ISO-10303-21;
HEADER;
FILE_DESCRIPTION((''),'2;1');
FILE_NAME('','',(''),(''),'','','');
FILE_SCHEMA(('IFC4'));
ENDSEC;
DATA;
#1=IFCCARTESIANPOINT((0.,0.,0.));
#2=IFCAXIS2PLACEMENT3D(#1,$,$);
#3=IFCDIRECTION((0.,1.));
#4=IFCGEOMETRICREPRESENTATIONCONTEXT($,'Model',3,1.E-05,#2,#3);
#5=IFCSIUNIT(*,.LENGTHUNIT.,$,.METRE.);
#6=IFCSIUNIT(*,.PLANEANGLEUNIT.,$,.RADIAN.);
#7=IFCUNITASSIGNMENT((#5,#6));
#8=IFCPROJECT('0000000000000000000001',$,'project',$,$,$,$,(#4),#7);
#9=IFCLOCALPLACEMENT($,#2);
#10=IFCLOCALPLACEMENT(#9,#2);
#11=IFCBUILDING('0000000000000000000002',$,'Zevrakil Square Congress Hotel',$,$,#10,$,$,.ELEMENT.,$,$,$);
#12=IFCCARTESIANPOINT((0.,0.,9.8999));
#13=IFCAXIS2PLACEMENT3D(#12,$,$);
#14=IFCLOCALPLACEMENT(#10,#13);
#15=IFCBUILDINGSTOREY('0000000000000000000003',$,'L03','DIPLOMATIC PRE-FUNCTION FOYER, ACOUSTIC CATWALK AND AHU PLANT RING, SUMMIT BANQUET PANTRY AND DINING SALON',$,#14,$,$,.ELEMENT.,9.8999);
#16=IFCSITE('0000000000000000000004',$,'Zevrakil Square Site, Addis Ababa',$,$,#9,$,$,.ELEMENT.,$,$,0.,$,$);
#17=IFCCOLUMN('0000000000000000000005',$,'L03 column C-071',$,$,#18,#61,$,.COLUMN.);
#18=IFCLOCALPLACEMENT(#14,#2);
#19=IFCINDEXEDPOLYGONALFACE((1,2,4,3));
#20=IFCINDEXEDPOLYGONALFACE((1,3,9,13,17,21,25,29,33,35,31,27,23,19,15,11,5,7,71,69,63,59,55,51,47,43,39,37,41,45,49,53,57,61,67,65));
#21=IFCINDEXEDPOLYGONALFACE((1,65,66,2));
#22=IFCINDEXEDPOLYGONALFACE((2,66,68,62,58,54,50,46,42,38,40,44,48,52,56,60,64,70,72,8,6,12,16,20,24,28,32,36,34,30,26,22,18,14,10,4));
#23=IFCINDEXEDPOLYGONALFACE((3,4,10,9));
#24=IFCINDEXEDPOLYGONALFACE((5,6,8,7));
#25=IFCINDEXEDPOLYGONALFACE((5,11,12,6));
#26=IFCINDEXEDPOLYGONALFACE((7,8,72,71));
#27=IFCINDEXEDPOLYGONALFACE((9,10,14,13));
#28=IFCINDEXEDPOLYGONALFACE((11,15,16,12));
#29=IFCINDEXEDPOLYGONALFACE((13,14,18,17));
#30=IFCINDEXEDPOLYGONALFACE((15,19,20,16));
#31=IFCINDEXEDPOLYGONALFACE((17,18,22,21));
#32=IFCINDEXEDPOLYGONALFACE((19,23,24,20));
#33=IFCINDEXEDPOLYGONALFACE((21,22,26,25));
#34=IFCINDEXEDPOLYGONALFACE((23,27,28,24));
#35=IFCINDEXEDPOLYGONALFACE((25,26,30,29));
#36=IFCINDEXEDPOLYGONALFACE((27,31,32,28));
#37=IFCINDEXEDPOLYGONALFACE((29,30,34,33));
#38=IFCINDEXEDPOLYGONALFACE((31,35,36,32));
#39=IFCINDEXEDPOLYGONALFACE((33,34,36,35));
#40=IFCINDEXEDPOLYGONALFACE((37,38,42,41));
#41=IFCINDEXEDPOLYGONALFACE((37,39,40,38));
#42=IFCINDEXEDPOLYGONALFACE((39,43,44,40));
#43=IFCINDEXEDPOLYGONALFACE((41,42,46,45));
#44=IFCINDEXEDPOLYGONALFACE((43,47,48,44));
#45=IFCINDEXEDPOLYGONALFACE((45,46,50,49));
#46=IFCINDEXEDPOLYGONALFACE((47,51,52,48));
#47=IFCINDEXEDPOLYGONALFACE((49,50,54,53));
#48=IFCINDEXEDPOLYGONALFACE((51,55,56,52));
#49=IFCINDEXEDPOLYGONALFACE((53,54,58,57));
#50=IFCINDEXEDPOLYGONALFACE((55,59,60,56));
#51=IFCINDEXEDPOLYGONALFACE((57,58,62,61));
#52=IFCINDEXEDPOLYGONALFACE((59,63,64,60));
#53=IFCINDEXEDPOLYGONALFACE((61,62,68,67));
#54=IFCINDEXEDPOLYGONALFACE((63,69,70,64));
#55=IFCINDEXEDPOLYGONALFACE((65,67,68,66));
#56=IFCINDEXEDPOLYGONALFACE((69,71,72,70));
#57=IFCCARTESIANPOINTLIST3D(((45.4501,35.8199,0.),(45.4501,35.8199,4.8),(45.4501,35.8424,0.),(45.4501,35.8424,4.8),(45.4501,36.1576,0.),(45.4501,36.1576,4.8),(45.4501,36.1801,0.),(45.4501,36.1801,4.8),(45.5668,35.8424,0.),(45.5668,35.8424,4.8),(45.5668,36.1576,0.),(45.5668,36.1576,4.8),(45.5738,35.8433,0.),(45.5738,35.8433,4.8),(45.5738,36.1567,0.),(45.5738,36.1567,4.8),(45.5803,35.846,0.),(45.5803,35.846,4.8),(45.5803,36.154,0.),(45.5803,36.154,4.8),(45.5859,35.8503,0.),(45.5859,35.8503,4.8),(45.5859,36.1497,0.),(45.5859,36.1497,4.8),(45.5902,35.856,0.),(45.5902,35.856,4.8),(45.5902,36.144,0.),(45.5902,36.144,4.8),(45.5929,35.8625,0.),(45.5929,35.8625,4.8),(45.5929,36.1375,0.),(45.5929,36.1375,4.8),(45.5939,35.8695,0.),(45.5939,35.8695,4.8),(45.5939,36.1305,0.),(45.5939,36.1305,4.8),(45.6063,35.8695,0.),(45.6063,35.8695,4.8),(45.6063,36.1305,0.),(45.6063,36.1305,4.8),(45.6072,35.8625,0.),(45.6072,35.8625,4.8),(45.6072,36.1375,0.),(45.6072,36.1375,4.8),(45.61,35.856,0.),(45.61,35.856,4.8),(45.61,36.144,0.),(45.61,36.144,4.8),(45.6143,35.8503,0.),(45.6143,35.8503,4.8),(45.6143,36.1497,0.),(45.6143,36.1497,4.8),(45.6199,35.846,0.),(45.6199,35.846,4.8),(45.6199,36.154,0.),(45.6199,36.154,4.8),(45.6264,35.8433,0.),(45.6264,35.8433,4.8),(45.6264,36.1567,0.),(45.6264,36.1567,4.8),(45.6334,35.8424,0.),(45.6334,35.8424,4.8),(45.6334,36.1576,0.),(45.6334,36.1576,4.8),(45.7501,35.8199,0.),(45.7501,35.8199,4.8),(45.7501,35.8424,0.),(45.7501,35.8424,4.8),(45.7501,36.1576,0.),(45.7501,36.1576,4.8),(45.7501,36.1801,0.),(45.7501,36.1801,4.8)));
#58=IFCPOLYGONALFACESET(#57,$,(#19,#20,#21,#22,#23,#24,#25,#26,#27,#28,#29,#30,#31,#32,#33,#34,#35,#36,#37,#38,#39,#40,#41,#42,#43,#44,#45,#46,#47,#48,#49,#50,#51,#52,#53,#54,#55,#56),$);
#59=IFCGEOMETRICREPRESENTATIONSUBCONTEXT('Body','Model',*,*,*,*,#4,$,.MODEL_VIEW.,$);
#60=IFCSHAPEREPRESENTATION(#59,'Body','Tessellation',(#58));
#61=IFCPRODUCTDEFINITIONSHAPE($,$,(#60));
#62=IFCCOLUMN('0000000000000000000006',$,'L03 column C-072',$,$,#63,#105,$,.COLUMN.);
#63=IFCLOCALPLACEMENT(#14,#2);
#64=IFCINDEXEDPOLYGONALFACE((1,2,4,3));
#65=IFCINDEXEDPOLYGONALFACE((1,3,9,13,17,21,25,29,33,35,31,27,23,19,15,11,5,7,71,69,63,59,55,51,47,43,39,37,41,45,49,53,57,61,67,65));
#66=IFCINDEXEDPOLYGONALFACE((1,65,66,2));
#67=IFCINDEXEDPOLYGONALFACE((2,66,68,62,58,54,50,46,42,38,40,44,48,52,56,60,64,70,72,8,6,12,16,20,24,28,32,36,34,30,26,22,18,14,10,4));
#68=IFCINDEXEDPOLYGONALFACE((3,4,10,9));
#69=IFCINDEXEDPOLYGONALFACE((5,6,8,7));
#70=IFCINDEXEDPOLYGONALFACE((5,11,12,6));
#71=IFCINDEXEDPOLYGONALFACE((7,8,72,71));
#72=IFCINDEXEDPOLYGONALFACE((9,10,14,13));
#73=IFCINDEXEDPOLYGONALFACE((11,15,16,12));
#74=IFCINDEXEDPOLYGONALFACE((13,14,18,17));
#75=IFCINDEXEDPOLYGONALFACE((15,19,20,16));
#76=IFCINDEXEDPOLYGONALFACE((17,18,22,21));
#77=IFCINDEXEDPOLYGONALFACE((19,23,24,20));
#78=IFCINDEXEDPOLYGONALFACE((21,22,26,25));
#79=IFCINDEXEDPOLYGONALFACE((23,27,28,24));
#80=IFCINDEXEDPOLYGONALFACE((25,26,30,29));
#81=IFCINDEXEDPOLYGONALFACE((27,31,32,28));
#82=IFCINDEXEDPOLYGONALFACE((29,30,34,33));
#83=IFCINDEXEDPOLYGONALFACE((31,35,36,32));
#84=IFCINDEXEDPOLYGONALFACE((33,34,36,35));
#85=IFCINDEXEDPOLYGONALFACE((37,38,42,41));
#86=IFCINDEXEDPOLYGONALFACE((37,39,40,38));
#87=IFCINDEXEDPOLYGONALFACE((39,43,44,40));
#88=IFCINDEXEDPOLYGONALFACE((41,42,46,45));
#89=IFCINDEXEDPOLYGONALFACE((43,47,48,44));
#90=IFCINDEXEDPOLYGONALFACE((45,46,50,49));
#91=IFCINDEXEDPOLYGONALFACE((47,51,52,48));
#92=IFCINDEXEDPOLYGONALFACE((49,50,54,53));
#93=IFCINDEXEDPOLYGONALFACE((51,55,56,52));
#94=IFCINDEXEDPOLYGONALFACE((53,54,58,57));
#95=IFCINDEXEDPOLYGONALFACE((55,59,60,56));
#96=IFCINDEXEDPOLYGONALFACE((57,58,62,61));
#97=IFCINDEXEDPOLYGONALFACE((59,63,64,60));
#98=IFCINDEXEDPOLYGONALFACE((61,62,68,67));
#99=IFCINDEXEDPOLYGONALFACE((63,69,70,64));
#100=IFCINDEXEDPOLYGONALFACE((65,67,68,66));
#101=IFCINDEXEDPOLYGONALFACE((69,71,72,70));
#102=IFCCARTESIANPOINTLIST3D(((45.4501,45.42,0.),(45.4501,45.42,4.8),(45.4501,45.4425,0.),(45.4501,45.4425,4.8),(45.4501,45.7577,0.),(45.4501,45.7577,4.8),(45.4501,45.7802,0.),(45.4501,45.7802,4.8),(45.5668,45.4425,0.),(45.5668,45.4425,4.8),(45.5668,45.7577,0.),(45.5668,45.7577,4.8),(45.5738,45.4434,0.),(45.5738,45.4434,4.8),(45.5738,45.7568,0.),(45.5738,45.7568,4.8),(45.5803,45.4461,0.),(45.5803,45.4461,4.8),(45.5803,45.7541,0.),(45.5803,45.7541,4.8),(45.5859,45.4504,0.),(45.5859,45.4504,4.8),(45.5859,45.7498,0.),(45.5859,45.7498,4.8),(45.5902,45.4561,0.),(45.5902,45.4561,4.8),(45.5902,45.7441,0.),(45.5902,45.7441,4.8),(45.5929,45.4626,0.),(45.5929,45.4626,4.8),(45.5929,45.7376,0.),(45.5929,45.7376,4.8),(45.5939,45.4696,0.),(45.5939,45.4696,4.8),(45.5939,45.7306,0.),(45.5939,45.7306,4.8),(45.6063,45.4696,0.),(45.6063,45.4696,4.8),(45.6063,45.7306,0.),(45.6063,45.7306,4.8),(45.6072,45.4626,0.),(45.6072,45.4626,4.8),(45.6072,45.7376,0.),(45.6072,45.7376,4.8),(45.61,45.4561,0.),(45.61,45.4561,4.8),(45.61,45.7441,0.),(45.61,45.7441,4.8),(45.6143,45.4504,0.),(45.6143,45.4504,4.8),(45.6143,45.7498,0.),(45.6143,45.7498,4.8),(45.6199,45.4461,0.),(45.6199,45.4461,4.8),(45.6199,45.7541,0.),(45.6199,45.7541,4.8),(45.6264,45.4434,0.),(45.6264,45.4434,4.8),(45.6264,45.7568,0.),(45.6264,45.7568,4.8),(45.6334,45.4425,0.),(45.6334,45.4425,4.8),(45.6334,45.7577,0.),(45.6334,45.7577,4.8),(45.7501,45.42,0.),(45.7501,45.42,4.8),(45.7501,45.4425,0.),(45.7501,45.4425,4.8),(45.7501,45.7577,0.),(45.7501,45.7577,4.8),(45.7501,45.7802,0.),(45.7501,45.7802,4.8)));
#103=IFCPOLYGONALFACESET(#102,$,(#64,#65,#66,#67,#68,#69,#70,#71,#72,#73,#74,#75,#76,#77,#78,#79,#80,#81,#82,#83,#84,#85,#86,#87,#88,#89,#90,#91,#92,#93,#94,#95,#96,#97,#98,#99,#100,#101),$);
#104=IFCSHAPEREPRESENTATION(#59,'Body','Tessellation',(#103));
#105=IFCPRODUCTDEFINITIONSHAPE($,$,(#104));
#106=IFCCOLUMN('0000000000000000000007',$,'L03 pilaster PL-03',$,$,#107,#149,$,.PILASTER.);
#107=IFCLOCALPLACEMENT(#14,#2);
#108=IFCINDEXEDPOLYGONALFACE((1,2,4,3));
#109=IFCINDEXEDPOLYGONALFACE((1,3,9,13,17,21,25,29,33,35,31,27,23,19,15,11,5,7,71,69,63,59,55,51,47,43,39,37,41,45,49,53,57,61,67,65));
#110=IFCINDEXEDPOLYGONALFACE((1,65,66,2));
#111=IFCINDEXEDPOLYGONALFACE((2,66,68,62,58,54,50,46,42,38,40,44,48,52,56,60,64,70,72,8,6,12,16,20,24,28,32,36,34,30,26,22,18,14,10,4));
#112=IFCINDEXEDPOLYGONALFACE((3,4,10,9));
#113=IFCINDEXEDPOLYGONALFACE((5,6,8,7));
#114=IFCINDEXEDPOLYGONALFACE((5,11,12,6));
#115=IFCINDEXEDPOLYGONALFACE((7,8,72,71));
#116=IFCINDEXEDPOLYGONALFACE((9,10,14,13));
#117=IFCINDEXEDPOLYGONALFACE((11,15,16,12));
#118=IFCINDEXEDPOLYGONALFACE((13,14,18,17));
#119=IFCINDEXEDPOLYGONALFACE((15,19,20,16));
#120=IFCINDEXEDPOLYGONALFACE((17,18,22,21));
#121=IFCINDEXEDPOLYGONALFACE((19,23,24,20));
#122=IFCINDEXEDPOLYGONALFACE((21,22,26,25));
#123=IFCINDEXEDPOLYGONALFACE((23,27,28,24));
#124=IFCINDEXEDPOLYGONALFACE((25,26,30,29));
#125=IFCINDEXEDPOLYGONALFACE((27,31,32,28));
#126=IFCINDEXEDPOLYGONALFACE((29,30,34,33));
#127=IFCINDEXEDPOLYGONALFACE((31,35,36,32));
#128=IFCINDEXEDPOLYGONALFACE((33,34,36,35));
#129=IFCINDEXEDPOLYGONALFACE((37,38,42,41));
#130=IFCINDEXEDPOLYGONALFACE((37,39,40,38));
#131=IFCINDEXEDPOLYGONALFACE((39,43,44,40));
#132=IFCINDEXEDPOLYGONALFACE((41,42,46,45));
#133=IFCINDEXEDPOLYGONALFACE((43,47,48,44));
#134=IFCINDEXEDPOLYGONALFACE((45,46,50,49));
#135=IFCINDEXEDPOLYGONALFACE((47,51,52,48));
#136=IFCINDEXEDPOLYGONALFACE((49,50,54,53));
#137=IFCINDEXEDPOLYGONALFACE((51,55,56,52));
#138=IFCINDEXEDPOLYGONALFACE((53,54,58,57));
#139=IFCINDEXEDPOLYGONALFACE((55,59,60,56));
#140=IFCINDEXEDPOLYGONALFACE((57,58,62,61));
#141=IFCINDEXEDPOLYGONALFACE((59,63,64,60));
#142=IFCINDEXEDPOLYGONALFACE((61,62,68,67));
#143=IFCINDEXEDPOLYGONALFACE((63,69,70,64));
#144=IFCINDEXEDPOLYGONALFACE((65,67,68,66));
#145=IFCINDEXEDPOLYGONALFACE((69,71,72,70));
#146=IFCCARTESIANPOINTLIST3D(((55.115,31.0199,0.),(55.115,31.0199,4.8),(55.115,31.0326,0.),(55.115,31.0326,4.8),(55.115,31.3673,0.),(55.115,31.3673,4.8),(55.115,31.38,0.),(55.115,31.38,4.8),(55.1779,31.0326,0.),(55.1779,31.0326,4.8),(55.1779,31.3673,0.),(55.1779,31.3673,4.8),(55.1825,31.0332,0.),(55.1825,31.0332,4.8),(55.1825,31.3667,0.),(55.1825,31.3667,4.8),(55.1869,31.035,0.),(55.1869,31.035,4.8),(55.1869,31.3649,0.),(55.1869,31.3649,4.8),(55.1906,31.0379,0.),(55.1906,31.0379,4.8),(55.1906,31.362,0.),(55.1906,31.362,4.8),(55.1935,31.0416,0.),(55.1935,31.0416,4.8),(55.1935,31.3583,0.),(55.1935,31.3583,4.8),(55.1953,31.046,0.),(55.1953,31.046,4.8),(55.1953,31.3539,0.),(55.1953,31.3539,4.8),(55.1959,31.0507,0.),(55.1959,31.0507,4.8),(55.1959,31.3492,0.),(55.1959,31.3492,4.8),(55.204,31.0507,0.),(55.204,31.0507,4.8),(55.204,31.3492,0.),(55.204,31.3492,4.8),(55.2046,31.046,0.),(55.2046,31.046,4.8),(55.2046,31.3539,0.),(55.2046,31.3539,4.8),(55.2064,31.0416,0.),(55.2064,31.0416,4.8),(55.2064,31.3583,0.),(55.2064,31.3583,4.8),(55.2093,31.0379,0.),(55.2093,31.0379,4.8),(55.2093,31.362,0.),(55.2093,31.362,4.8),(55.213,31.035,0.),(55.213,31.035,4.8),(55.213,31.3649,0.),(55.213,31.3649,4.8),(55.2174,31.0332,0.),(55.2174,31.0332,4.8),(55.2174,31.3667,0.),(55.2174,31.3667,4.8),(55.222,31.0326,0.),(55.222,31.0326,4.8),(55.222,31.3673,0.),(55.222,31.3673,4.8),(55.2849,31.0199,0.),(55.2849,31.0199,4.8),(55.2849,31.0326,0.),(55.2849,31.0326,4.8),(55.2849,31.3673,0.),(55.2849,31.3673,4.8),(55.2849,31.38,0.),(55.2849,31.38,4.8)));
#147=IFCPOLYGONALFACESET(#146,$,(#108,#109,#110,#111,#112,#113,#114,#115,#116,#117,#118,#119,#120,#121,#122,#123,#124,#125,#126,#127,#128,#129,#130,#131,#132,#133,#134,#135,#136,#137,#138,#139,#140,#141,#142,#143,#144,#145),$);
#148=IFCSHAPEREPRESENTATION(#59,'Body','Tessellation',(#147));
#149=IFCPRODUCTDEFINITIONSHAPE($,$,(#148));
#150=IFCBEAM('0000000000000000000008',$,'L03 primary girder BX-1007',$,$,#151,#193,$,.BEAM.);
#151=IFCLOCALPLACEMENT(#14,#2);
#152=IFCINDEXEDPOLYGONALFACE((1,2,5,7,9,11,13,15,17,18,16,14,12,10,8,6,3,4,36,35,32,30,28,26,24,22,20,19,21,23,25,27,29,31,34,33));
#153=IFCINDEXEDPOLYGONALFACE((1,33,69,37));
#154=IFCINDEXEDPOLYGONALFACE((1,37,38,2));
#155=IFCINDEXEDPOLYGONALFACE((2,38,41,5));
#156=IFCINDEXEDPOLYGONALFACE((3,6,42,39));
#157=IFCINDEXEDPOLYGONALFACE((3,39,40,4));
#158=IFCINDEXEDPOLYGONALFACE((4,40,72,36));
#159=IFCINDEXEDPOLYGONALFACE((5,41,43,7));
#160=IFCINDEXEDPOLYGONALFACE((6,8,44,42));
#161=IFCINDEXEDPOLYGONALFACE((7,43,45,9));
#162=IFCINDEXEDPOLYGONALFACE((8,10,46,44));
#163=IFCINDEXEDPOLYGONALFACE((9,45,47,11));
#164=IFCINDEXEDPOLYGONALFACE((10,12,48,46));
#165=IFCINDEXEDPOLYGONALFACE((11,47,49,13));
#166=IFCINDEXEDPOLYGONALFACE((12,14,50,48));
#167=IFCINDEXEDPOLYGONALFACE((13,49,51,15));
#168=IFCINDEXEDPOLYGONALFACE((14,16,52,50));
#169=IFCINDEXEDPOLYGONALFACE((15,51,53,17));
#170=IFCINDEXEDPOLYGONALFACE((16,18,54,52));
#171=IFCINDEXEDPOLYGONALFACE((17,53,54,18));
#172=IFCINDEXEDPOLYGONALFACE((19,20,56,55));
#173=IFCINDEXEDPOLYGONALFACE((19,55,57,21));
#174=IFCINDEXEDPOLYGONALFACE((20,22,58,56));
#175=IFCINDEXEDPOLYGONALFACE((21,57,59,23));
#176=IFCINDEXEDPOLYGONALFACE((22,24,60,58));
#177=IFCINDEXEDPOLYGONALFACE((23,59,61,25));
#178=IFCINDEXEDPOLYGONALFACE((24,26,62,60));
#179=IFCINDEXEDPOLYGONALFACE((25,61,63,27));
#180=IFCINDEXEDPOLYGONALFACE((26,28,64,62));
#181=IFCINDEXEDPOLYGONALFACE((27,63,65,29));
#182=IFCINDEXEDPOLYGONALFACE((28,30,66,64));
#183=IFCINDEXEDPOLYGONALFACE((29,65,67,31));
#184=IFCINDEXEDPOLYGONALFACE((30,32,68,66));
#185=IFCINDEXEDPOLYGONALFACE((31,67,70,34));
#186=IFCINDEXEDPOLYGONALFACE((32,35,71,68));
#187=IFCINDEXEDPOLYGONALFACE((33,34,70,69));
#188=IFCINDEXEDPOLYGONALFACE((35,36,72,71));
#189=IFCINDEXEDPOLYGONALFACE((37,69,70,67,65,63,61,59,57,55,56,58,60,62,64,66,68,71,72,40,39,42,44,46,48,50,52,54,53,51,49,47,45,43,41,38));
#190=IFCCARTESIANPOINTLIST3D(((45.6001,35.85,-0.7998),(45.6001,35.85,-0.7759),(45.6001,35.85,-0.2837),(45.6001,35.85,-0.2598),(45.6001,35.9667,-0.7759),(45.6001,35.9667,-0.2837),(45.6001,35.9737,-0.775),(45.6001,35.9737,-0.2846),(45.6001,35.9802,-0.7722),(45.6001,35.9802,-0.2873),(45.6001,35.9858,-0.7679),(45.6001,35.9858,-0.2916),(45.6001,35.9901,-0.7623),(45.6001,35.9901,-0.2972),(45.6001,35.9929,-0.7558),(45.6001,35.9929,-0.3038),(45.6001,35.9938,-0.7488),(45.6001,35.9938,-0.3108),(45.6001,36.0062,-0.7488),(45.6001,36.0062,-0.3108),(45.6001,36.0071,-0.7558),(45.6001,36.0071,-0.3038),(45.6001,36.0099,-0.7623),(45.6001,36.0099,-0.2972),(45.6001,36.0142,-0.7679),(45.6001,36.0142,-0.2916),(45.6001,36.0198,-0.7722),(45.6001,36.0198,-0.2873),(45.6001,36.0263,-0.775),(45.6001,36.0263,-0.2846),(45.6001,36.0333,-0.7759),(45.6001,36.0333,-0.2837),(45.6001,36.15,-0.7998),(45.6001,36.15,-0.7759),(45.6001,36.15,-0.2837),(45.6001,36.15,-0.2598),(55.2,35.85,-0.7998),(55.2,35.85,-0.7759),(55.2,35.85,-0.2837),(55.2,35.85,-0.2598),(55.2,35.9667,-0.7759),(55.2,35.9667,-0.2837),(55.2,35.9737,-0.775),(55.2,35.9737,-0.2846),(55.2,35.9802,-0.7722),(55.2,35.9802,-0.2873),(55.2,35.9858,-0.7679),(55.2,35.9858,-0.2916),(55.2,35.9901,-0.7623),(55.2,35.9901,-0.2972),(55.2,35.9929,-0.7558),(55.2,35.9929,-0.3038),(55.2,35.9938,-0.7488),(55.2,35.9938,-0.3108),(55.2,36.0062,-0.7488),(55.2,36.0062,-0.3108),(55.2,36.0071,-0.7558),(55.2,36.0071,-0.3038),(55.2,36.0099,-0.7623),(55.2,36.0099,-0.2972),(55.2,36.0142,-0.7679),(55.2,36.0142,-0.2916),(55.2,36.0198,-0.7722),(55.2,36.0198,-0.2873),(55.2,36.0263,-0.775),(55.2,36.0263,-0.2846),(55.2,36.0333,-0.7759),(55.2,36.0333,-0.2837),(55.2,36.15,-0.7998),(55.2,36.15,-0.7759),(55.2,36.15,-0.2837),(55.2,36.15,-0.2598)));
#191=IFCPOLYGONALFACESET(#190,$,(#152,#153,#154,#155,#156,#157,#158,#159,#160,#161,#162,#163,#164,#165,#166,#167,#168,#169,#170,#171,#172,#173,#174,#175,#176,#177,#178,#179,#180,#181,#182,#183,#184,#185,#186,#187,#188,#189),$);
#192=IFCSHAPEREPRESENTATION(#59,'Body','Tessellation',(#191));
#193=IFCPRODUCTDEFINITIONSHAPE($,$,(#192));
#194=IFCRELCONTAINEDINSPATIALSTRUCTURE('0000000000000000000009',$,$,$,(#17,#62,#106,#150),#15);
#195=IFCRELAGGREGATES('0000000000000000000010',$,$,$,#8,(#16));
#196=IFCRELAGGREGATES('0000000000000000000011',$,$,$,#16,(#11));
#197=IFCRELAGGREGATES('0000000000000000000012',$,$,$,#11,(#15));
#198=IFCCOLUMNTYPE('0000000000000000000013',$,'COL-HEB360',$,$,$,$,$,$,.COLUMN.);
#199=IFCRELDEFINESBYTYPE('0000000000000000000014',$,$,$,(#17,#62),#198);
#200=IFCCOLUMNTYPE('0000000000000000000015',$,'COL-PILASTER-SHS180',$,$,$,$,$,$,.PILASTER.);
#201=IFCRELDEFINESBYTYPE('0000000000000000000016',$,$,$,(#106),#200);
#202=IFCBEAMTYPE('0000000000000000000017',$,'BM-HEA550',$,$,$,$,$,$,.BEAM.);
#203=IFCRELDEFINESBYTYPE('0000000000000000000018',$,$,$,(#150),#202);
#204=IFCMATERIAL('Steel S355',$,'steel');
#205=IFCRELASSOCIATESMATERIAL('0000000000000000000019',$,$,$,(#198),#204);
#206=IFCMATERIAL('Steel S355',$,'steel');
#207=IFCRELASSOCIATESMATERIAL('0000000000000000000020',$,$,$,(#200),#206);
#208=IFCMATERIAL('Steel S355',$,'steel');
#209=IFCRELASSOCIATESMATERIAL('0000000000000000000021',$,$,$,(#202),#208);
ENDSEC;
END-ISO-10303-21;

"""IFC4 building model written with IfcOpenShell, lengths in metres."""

from ifc_helpers import new_model, si_unit, direction, frame, origin, origin_2d, place, context, subcontext, project, spatial, i_section, extrude, material, material_profile, profile_set, type_object, element, save


model = new_model("IFC4")

# Units and contexts
model_context = context("Model", 3, precision=1e-05, world=origin(), true_north=direction((0.0, 1.0)))
body_context = subcontext(model_context, "Body", "Model", "MODEL_VIEW")
ifc_project = project(units=[si_unit("LENGTHUNIT", "METRE"), si_unit("PLANEANGLEUNIT", "RADIAN")], contexts=[model_context])

# Site, building, storey
site_placement = place(None, origin())
site = spatial("IfcSite", under=ifc_project, at=site_placement, Name="Zevrakil Square Site, Addis Ababa", CompositionType="ELEMENT", RefElevation=0.0)
building_placement = place(site_placement, origin())
building = spatial("IfcBuilding", under=site, at=building_placement, Name="Zevrakil Square Congress Hotel", CompositionType="ELEMENT")
storey_placement = place(building_placement, frame((0.0, 0.0, 9.8999)))
storey = spatial("IfcBuildingStorey", under=building, at=storey_placement, Name="L03", Description="DIPLOMATIC PRE-FUNCTION FOYER, ACOUSTIC CATWALK AND AHU PLANT RING, SUMMIT BANQUET PANTRY AND DINING SALON", CompositionType="ELEMENT", Elevation=9.8999)

# Columns
ifc_material_1 = material(Name="Steel S355", Category="steel")
ifc_material_profile_1 = material_profile(ifc_material_1, i_section(OverallWidth=0.3, OverallDepth=0.3601, WebThickness=0.0125, FlangeThickness=0.0225, FilletRadius=0.0271, at=origin_2d()), Name="HEB 360")
ifc_profile_set_1 = profile_set([ifc_material_profile_1], Name="Steel S355")
column_type_1 = type_object("IfcColumnType", Name="COL-HEB360", PredefinedType="COLUMN", material=ifc_profile_set_1)
for number, where, z_axis, x_axis, name in (
    (1, (45.6001, 36.0, 0.0), (0.0, 0.0, 1.0), (1.0, 0.0, 0.0), "L03 column C-071"),
    (2, (45.6001, 45.6001, 0.0), (0.0, 0.0, 1.0), (1.0, 0.0, 0.0), "L03 column C-072"),
):
    element("IfcColumn", number, at=place(storey_placement, frame(where, z_axis=z_axis, x_axis=x_axis)), inside=storey, type_object=column_type_1, Name=name, PredefinedType="COLUMN", context=body_context, shape_type="SweptSolid", body=[
        extrude(i_section(OverallWidth=0.3, OverallDepth=0.3601, WebThickness=0.0125, FlangeThickness=0.0225, FilletRadius=0.0271, at=origin_2d()), origin(), (0.0, 0.0, 1.0), 4.8),
    ])
ifc_material_2 = material(Name="Steel S355", Category="steel")
ifc_material_profile_2 = material_profile(ifc_material_2, i_section(OverallWidth=0.1699, OverallDepth=0.3601, WebThickness=0.0081, FlangeThickness=0.0127, FilletRadius=0.0181, at=origin_2d()), Name="IPE 360")
ifc_profile_set_2 = profile_set([ifc_material_profile_2], Name="Steel S355")
column_type_2 = type_object("IfcColumnType", Name="COL-PILASTER-SHS180", PredefinedType="PILASTER", material=ifc_profile_set_2)
column_placement = place(storey_placement, frame((55.2, 31.2, 0.0), z_axis=(0.0, 0.0, 1.0), x_axis=(1.0, 0.0, 0.0)))
element("IfcColumn", 3, at=column_placement, inside=storey, type_object=column_type_2, Name="L03 pilaster PL-03", PredefinedType="PILASTER", context=body_context, shape_type="SweptSolid", body=[
    extrude(i_section(OverallWidth=0.1699, OverallDepth=0.3601, WebThickness=0.0081, FlangeThickness=0.0127, FilletRadius=0.0181, at=origin_2d()), origin(), (0.0, 0.0, 1.0), 4.8),
])

# Beam
ifc_material_3 = material(Name="Steel S355", Category="steel")
ifc_material_profile_3 = material_profile(ifc_material_3, i_section(OverallWidth=0.3, OverallDepth=0.54, WebThickness=0.0125, FlangeThickness=0.0239, FilletRadius=0.0271, at=origin_2d()), Name="HEA 550")
ifc_profile_set_3 = profile_set([ifc_material_profile_3], Name="Steel S355")
beam_type_1 = type_object("IfcBeamType", Name="BM-HEA550", PredefinedType="BEAM", material=ifc_profile_set_3)
for number, where, z_axis, x_axis, name in (
    (4, (45.6001, 36.0, -0.5298), (1.0, 0.0, 0.0), (0.0, 1.0, 0.0), "L03 primary girder BX-1007"),
):
    element("IfcBeam", number, at=place(storey_placement, frame(where, z_axis=z_axis, x_axis=x_axis)), inside=storey, type_object=beam_type_1, Name=name, PredefinedType="BEAM", context=body_context, shape_type="SweptSolid", body=[
        extrude(i_section(OverallWidth=0.3, OverallDepth=0.54, WebThickness=0.0125, FlangeThickness=0.0239, FilletRadius=0.0271, at=origin_2d()), origin(), (0.0, 0.0, 1.0), 9.5999),
    ])

save(model, "model.ifc")
